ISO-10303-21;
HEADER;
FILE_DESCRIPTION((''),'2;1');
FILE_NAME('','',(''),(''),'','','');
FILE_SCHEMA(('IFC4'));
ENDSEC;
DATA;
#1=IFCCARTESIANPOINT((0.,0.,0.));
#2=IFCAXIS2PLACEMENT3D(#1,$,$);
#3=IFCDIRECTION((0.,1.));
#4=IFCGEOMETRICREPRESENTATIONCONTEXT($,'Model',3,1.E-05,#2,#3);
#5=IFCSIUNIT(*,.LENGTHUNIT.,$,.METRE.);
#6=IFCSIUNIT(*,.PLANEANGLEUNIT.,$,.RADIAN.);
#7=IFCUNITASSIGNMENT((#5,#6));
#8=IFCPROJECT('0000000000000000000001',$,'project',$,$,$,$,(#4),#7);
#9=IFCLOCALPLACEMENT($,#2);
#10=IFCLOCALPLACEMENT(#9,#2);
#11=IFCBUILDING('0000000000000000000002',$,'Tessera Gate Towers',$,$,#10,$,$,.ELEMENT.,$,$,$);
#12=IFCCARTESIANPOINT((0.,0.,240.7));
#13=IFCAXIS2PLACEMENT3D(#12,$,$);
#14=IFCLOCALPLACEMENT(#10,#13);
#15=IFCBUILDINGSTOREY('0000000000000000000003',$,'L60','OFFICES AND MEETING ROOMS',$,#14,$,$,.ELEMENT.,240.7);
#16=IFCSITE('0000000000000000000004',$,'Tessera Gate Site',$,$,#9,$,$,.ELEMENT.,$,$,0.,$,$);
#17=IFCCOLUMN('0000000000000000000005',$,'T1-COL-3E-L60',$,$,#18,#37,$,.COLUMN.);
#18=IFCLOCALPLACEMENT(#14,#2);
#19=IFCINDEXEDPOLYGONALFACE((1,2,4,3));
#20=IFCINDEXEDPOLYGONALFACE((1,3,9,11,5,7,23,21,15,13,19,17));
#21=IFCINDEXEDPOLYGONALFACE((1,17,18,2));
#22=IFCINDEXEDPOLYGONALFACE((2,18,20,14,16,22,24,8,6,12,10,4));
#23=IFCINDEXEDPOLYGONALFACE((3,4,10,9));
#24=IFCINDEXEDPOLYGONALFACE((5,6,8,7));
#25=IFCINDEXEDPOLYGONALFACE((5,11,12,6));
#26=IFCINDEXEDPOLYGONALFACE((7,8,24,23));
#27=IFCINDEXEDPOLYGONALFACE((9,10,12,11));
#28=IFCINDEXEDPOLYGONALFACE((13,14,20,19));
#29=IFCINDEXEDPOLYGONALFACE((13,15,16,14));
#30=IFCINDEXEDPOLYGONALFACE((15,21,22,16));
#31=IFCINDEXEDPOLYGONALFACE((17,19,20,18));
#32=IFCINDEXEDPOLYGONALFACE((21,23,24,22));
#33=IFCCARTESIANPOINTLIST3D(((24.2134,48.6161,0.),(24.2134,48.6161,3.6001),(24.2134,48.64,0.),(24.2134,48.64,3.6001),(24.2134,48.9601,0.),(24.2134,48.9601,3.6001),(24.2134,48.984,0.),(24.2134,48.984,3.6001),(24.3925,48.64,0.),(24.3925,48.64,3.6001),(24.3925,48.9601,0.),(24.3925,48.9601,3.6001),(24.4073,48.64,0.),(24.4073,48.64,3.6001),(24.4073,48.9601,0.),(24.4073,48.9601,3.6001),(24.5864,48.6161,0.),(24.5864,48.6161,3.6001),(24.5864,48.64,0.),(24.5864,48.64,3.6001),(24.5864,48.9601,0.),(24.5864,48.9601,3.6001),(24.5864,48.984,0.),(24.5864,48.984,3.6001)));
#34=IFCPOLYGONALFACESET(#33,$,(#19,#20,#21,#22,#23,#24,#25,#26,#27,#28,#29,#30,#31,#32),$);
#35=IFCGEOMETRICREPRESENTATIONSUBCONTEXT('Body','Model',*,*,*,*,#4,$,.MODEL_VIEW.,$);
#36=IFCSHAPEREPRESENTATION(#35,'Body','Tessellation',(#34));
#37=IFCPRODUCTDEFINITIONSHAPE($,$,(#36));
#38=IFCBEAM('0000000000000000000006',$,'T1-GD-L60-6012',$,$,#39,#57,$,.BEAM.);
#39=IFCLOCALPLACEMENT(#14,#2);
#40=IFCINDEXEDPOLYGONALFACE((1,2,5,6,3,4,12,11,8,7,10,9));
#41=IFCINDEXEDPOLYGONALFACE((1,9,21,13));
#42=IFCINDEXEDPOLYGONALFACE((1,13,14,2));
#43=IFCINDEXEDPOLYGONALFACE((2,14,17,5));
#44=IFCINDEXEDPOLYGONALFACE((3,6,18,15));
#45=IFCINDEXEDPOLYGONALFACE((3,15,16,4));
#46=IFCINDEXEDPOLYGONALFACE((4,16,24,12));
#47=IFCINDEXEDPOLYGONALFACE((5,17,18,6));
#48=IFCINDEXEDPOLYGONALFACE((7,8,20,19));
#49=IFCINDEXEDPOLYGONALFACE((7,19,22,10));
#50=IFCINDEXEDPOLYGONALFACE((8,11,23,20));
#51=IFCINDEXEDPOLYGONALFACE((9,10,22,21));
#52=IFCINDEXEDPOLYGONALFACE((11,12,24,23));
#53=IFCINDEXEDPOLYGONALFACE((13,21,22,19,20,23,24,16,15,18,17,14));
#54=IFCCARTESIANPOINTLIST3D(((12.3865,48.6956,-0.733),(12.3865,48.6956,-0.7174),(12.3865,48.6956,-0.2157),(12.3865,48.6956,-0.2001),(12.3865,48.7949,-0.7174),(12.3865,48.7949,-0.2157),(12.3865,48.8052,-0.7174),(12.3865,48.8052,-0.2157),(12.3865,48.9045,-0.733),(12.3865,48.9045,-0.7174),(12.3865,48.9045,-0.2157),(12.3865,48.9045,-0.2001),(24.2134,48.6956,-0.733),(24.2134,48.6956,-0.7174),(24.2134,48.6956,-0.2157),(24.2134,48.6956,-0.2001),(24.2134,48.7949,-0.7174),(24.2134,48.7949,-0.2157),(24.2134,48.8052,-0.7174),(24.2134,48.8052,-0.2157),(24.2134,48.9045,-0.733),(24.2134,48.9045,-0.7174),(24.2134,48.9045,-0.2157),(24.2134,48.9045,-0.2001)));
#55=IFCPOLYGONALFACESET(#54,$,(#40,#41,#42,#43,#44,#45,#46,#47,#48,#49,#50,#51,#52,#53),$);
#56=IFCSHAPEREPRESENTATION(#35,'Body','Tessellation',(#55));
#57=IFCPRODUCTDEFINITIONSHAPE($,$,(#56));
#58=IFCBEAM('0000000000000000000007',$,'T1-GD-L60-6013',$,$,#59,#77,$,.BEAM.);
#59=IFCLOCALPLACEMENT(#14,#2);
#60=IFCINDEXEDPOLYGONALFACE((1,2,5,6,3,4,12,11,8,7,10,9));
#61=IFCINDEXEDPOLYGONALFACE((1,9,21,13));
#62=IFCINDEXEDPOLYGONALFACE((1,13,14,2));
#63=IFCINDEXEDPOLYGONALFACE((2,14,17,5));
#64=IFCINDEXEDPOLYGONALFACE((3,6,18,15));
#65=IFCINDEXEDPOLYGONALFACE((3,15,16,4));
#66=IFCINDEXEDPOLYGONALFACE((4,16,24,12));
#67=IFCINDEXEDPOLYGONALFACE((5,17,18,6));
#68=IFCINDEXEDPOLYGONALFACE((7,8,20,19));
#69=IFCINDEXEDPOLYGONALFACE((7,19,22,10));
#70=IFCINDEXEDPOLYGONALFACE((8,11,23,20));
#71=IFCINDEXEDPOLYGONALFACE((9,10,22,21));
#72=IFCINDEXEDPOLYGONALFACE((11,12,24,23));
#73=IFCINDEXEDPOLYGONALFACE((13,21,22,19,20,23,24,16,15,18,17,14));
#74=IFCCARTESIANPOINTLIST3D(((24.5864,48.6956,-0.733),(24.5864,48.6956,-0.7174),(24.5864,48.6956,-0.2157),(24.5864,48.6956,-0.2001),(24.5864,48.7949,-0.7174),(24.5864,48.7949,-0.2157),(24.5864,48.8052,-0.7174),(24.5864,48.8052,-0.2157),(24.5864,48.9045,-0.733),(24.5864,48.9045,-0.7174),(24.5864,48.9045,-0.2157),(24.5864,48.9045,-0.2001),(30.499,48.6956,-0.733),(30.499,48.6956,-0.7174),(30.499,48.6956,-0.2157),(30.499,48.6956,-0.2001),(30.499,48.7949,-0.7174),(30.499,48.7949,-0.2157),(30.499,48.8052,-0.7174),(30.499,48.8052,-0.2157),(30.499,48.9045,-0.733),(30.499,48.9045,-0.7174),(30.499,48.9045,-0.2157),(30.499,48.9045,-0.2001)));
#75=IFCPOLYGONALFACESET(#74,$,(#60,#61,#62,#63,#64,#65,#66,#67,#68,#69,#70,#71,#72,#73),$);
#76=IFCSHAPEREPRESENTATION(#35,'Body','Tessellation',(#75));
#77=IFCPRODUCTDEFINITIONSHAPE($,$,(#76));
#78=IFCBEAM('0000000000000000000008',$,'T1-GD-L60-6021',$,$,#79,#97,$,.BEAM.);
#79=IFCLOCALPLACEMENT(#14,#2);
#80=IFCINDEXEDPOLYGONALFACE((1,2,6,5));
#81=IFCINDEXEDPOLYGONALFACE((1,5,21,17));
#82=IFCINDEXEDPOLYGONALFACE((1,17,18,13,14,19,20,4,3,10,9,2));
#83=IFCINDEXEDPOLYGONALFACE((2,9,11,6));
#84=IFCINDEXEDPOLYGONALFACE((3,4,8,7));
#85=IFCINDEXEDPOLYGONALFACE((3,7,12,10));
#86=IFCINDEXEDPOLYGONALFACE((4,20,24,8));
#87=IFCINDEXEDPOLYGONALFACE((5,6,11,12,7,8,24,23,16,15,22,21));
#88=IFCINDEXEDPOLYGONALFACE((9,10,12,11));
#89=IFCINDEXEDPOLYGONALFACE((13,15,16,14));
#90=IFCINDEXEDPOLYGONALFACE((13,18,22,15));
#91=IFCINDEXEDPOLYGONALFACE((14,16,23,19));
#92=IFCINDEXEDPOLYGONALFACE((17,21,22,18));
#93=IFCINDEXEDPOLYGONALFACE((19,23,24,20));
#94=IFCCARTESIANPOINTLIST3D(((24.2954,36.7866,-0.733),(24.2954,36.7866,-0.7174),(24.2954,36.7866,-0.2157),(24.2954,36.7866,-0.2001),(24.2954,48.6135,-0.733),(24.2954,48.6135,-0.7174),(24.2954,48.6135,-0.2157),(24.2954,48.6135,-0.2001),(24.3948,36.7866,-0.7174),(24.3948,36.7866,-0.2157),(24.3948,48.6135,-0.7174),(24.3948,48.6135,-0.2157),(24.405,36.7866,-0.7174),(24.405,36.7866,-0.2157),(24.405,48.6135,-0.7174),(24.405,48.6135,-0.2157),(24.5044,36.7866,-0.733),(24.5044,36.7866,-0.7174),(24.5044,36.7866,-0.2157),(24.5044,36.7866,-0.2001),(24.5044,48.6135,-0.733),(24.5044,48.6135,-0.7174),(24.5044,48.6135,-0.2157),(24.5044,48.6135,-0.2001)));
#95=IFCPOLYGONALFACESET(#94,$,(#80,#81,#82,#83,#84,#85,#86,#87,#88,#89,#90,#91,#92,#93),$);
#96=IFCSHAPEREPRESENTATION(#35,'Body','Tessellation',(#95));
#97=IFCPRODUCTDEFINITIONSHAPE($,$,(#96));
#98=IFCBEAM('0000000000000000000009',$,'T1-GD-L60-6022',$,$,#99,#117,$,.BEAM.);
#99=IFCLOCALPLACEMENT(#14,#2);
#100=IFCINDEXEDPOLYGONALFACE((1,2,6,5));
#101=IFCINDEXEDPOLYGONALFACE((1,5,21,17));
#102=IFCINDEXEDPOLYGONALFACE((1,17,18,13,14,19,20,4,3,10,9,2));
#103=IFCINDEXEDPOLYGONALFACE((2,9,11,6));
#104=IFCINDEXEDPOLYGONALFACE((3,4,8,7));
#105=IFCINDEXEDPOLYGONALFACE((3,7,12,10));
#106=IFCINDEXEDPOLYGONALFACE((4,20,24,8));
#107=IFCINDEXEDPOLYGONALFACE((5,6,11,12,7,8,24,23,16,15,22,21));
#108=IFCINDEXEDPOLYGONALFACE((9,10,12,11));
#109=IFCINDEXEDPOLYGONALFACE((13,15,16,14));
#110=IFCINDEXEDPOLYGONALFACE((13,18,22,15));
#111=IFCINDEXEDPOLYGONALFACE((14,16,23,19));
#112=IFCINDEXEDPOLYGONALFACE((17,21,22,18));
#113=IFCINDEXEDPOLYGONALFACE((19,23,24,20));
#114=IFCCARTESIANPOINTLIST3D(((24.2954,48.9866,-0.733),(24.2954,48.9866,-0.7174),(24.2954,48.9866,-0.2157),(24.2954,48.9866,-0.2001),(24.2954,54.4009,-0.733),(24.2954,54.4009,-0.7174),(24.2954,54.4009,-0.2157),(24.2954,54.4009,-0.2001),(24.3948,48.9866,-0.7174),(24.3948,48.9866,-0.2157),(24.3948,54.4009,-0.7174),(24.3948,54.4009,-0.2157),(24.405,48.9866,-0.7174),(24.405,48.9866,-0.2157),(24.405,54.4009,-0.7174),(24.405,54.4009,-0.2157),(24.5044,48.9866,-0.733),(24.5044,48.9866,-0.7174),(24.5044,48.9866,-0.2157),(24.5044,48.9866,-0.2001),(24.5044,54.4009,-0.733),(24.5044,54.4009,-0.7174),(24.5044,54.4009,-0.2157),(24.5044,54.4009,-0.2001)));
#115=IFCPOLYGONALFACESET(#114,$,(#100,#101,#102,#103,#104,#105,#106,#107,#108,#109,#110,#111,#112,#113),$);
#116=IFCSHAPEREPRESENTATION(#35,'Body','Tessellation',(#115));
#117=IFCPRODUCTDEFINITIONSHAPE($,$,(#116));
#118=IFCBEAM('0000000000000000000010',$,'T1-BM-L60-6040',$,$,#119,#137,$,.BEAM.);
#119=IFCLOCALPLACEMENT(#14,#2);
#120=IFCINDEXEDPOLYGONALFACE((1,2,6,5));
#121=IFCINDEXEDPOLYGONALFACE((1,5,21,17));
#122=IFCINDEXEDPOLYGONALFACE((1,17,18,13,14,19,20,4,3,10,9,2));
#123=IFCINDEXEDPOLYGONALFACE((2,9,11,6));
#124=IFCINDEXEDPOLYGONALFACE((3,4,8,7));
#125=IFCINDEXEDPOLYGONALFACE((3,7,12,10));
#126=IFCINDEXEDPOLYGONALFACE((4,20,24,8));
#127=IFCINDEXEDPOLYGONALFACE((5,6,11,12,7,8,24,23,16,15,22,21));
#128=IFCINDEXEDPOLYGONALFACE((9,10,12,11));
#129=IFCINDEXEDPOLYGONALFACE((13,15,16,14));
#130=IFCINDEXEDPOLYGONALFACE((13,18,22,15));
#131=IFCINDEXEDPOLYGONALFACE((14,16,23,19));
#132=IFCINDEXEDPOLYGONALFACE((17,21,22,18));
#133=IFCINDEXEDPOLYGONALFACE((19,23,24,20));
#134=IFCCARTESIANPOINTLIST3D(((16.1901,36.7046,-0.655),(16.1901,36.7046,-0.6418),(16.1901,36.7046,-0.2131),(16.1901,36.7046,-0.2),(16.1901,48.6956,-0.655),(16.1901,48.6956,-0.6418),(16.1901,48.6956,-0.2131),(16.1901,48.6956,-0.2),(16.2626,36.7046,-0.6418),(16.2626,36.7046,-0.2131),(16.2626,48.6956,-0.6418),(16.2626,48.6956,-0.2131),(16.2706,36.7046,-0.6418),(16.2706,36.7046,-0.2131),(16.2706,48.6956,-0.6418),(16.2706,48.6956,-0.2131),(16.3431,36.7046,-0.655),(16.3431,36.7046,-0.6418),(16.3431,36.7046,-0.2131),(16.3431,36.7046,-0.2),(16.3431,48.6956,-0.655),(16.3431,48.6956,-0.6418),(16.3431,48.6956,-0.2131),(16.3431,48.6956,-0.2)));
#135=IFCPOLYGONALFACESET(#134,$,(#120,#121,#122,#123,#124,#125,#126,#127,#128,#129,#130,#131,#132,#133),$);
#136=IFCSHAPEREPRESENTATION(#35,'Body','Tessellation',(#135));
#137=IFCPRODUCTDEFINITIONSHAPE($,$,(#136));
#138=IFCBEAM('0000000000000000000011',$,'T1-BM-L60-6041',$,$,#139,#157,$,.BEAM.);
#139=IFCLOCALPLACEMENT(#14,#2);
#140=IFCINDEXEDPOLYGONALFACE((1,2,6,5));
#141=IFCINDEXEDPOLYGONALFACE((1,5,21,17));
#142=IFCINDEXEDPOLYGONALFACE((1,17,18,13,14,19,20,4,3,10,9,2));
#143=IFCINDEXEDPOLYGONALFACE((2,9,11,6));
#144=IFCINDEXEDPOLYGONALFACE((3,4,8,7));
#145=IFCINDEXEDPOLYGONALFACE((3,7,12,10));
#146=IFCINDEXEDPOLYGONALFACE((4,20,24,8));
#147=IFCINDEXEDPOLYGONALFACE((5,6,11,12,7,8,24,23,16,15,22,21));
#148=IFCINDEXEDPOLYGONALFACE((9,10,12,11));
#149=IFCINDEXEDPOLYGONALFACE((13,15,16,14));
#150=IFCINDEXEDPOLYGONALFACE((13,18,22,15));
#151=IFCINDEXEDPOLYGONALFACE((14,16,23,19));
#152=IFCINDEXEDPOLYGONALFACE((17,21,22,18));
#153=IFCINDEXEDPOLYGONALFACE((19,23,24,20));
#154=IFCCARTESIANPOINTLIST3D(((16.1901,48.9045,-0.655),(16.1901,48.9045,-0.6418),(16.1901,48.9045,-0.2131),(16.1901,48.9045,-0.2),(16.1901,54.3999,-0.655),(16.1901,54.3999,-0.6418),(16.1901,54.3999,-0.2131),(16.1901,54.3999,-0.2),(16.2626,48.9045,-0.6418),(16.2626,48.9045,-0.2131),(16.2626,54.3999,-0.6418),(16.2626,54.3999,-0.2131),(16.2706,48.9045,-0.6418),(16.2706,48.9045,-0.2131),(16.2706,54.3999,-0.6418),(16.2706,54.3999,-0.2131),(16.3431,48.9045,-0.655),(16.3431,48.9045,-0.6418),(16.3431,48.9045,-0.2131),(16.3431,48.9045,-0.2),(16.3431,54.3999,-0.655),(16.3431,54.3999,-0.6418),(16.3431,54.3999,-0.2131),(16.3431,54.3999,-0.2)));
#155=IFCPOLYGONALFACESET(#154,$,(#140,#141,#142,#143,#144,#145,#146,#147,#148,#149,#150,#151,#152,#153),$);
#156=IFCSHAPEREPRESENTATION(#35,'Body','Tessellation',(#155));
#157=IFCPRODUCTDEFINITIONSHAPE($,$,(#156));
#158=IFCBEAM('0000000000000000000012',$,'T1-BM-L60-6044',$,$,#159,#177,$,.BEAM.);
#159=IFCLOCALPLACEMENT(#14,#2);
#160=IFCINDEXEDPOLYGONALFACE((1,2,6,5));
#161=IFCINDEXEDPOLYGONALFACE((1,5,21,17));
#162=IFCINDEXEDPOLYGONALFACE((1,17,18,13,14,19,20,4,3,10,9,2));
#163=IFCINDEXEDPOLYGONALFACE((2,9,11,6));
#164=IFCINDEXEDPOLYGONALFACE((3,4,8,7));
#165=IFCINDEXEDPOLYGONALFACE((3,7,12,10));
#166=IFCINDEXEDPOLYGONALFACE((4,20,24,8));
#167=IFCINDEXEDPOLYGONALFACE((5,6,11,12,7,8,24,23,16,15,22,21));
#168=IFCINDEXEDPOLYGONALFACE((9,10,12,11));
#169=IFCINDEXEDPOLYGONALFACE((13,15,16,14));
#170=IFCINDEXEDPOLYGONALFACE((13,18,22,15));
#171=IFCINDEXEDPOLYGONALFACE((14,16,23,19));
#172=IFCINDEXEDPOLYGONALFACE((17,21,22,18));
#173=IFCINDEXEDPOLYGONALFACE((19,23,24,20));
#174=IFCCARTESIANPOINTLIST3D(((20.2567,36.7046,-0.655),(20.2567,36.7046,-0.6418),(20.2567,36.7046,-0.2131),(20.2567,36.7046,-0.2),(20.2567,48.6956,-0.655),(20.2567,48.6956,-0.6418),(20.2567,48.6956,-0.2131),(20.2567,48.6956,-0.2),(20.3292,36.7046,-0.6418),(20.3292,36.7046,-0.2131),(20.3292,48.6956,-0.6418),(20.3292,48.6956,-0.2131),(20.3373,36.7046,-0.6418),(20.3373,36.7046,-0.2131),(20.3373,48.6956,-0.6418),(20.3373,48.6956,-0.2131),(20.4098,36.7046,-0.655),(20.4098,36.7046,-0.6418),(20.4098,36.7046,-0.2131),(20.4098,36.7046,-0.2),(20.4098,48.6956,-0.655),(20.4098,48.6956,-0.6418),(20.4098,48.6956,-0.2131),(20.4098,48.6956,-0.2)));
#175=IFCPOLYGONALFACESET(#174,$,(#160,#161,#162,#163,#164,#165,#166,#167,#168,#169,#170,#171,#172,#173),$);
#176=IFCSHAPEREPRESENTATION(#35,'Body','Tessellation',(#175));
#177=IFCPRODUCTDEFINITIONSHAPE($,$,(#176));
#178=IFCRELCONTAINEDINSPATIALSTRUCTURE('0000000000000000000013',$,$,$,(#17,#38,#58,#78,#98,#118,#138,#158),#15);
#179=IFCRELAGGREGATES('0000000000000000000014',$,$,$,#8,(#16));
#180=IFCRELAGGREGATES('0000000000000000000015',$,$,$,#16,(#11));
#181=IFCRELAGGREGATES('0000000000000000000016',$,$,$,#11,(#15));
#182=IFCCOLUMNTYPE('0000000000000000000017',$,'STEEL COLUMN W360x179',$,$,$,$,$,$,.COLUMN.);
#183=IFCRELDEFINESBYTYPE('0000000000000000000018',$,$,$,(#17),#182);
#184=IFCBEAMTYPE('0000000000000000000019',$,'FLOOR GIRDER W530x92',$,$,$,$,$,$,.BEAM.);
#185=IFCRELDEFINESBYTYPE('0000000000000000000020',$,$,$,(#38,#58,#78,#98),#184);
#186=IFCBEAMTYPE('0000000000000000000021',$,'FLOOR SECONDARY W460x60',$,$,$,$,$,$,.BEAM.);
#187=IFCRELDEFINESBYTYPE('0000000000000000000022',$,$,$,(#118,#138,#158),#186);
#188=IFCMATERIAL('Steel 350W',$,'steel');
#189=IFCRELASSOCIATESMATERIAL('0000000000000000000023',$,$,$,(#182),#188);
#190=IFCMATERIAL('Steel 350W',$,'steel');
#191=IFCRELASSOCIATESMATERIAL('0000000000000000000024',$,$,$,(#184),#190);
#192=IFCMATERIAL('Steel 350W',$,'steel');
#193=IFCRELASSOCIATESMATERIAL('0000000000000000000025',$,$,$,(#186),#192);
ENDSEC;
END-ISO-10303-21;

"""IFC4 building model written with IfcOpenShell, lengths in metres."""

from ifc_helpers import new_model, si_unit, direction, frame, origin, origin_2d, place, context, subcontext, project, spatial, i_section, extrude, material, material_profile, profile_set, type_object, element, save


model = new_model("IFC4")

# Units and contexts
model_context = context("Model", 3, precision=1e-05, world=origin(), true_north=direction((0.0, 1.0)))
body_context = subcontext(model_context, "Body", "Model", "MODEL_VIEW")
ifc_project = project(units=[si_unit("LENGTHUNIT", "METRE"), si_unit("PLANEANGLEUNIT", "RADIAN")], contexts=[model_context])

# Site, building, storey
site_placement = place(None, origin())
site = spatial("IfcSite", under=ifc_project, at=site_placement, Name="Tessera Gate Site", CompositionType="ELEMENT", RefElevation=0.0)
building_placement = place(site_placement, origin())
building = spatial("IfcBuilding", under=site, at=building_placement, Name="Tessera Gate Towers", CompositionType="ELEMENT")
storey_placement = place(building_placement, frame((0.0, 0.0, 240.7)))
storey = spatial("IfcBuildingStorey", under=building, at=storey_placement, Name="L60", Description="OFFICES AND MEETING ROOMS", CompositionType="ELEMENT", Elevation=240.7)

# Column
ifc_material_1 = material(Name="Steel 350W", Category="steel")
ifc_material_profile_1 = material_profile(ifc_material_1, i_section(OverallWidth=0.373, OverallDepth=0.3679, WebThickness=0.0149, FlangeThickness=0.0239, at=origin_2d()), Name="W360x179")
ifc_profile_set_1 = profile_set([ifc_material_profile_1], Name="Steel 350W")
column_type = type_object("IfcColumnType", Name="STEEL COLUMN W360x179", PredefinedType="COLUMN", material=ifc_profile_set_1)
column_placement = place(storey_placement, frame((24.3999, 48.8, 0.0), z_axis=(0.0, 0.0, 1.0), x_axis=(1.0, 0.0, 0.0)))
element("IfcColumn", 1, at=column_placement, inside=storey, type_object=column_type, Name="T1-COL-3E-L60", PredefinedType="COLUMN", context=body_context, shape_type="SweptSolid", body=[
    extrude(i_section(OverallWidth=0.373, OverallDepth=0.3679, WebThickness=0.0149, FlangeThickness=0.0239, at=origin_2d()), origin(), (0.0, 0.0, 1.0), 3.6001),
])

# Beams
ifc_material_2 = material(Name="Steel 350W", Category="steel")
ifc_material_profile_2 = material_profile(ifc_material_2, i_section(OverallWidth=0.209, OverallDepth=0.533, WebThickness=0.0103, FlangeThickness=0.0156, at=origin_2d()), Name="W530x92")
ifc_profile_set_2 = profile_set([ifc_material_profile_2], Name="Steel 350W")
beam_type_1 = type_object("IfcBeamType", Name="FLOOR GIRDER W530x92", PredefinedType="BEAM", material=ifc_profile_set_2)
beam_1_placement = place(storey_placement, frame((12.3865, 48.8, -0.4666), z_axis=(1.0, 0.0, 0.0), x_axis=(0.0, 1.0, 0.0)))
element("IfcBeam", 2, at=beam_1_placement, inside=storey, type_object=beam_type_1, Name="T1-GD-L60-6012", PredefinedType="BEAM", context=body_context, shape_type="SweptSolid", body=[
    extrude(i_section(OverallWidth=0.209, OverallDepth=0.533, WebThickness=0.0103, FlangeThickness=0.0156, at=origin_2d()), origin(), (0.0, 0.0, 1.0), 11.8269),
])
beam_2_placement = place(storey_placement, frame((24.5864, 48.8, -0.4666), z_axis=(1.0, 0.0, 0.0), x_axis=(0.0, 1.0, 0.0)))
element("IfcBeam", 3, at=beam_2_placement, inside=storey, type_object=beam_type_1, Name="T1-GD-L60-6013", PredefinedType="BEAM", context=body_context, shape_type="SweptSolid", body=[
    extrude(i_section(OverallWidth=0.209, OverallDepth=0.533, WebThickness=0.0103, FlangeThickness=0.0156, at=origin_2d()), origin(), (0.0, 0.0, 1.0), 5.9126),
])
beam_3_placement = place(storey_placement, frame((24.3999, 36.7866, -0.4666), z_axis=(0.0, 1.0, 0.0), x_axis=(-1.0, 0.0, 0.0)))
element("IfcBeam", 4, at=beam_3_placement, inside=storey, type_object=beam_type_1, Name="T1-GD-L60-6021", PredefinedType="BEAM", context=body_context, shape_type="SweptSolid", body=[
    extrude(i_section(OverallWidth=0.209, OverallDepth=0.533, WebThickness=0.0103, FlangeThickness=0.0156, at=origin_2d()), origin(), (0.0, 0.0, 1.0), 11.8269),
])
beam_4_placement = place(storey_placement, frame((24.3999, 48.9866, -0.4666), z_axis=(0.0, 1.0, 0.0), x_axis=(-1.0, 0.0, 0.0)))
element("IfcBeam", 5, at=beam_4_placement, inside=storey, type_object=beam_type_1, Name="T1-GD-L60-6022", PredefinedType="BEAM", context=body_context, shape_type="SweptSolid", body=[
    extrude(i_section(OverallWidth=0.209, OverallDepth=0.533, WebThickness=0.0103, FlangeThickness=0.0156, at=origin_2d()), origin(), (0.0, 0.0, 1.0), 5.4143),
])
ifc_material_3 = material(Name="Steel 350W", Category="steel")
ifc_material_profile_3 = material_profile(ifc_material_3, i_section(OverallWidth=0.1531, OverallDepth=0.4551, WebThickness=0.0081, FlangeThickness=0.0132, at=origin_2d()), Name="W460x60")
ifc_profile_set_3 = profile_set([ifc_material_profile_3], Name="Steel 350W")
beam_type_2 = type_object("IfcBeamType", Name="FLOOR SECONDARY W460x60", PredefinedType="BEAM", material=ifc_profile_set_3)
beam_5_placement = place(storey_placement, frame((16.2666, 36.7046, -0.4275), z_axis=(0.0, 1.0, 0.0), x_axis=(-1.0, 0.0, 0.0)))
element("IfcBeam", 6, at=beam_5_placement, inside=storey, type_object=beam_type_2, Name="T1-BM-L60-6040", PredefinedType="BEAM", context=body_context, shape_type="SweptSolid", body=[
    extrude(i_section(OverallWidth=0.1531, OverallDepth=0.4551, WebThickness=0.0081, FlangeThickness=0.0132, at=origin_2d()), origin(), (0.0, 0.0, 1.0), 11.991),
])
beam_6_placement = place(storey_placement, frame((16.2666, 48.9045, -0.4275), z_axis=(0.0, 1.0, 0.0), x_axis=(-1.0, 0.0, 0.0)))
element("IfcBeam", 7, at=beam_6_placement, inside=storey, type_object=beam_type_2, Name="T1-BM-L60-6041", PredefinedType="BEAM", context=body_context, shape_type="SweptSolid", body=[
    extrude(i_section(OverallWidth=0.1531, OverallDepth=0.4551, WebThickness=0.0081, FlangeThickness=0.0132, at=origin_2d()), origin(), (0.0, 0.0, 1.0), 5.4954),
])
beam_7_placement = place(storey_placement, frame((20.3333, 36.7046, -0.4275), z_axis=(0.0, 1.0, 0.0), x_axis=(-1.0, 0.0, 0.0)))
element("IfcBeam", 8, at=beam_7_placement, inside=storey, type_object=beam_type_2, Name="T1-BM-L60-6044", PredefinedType="BEAM", context=body_context, shape_type="SweptSolid", body=[
    extrude(i_section(OverallWidth=0.1531, OverallDepth=0.4551, WebThickness=0.0081, FlangeThickness=0.0132, at=origin_2d()), origin(), (0.0, 0.0, 1.0), 11.991),
])

save(model, "model.ifc")
